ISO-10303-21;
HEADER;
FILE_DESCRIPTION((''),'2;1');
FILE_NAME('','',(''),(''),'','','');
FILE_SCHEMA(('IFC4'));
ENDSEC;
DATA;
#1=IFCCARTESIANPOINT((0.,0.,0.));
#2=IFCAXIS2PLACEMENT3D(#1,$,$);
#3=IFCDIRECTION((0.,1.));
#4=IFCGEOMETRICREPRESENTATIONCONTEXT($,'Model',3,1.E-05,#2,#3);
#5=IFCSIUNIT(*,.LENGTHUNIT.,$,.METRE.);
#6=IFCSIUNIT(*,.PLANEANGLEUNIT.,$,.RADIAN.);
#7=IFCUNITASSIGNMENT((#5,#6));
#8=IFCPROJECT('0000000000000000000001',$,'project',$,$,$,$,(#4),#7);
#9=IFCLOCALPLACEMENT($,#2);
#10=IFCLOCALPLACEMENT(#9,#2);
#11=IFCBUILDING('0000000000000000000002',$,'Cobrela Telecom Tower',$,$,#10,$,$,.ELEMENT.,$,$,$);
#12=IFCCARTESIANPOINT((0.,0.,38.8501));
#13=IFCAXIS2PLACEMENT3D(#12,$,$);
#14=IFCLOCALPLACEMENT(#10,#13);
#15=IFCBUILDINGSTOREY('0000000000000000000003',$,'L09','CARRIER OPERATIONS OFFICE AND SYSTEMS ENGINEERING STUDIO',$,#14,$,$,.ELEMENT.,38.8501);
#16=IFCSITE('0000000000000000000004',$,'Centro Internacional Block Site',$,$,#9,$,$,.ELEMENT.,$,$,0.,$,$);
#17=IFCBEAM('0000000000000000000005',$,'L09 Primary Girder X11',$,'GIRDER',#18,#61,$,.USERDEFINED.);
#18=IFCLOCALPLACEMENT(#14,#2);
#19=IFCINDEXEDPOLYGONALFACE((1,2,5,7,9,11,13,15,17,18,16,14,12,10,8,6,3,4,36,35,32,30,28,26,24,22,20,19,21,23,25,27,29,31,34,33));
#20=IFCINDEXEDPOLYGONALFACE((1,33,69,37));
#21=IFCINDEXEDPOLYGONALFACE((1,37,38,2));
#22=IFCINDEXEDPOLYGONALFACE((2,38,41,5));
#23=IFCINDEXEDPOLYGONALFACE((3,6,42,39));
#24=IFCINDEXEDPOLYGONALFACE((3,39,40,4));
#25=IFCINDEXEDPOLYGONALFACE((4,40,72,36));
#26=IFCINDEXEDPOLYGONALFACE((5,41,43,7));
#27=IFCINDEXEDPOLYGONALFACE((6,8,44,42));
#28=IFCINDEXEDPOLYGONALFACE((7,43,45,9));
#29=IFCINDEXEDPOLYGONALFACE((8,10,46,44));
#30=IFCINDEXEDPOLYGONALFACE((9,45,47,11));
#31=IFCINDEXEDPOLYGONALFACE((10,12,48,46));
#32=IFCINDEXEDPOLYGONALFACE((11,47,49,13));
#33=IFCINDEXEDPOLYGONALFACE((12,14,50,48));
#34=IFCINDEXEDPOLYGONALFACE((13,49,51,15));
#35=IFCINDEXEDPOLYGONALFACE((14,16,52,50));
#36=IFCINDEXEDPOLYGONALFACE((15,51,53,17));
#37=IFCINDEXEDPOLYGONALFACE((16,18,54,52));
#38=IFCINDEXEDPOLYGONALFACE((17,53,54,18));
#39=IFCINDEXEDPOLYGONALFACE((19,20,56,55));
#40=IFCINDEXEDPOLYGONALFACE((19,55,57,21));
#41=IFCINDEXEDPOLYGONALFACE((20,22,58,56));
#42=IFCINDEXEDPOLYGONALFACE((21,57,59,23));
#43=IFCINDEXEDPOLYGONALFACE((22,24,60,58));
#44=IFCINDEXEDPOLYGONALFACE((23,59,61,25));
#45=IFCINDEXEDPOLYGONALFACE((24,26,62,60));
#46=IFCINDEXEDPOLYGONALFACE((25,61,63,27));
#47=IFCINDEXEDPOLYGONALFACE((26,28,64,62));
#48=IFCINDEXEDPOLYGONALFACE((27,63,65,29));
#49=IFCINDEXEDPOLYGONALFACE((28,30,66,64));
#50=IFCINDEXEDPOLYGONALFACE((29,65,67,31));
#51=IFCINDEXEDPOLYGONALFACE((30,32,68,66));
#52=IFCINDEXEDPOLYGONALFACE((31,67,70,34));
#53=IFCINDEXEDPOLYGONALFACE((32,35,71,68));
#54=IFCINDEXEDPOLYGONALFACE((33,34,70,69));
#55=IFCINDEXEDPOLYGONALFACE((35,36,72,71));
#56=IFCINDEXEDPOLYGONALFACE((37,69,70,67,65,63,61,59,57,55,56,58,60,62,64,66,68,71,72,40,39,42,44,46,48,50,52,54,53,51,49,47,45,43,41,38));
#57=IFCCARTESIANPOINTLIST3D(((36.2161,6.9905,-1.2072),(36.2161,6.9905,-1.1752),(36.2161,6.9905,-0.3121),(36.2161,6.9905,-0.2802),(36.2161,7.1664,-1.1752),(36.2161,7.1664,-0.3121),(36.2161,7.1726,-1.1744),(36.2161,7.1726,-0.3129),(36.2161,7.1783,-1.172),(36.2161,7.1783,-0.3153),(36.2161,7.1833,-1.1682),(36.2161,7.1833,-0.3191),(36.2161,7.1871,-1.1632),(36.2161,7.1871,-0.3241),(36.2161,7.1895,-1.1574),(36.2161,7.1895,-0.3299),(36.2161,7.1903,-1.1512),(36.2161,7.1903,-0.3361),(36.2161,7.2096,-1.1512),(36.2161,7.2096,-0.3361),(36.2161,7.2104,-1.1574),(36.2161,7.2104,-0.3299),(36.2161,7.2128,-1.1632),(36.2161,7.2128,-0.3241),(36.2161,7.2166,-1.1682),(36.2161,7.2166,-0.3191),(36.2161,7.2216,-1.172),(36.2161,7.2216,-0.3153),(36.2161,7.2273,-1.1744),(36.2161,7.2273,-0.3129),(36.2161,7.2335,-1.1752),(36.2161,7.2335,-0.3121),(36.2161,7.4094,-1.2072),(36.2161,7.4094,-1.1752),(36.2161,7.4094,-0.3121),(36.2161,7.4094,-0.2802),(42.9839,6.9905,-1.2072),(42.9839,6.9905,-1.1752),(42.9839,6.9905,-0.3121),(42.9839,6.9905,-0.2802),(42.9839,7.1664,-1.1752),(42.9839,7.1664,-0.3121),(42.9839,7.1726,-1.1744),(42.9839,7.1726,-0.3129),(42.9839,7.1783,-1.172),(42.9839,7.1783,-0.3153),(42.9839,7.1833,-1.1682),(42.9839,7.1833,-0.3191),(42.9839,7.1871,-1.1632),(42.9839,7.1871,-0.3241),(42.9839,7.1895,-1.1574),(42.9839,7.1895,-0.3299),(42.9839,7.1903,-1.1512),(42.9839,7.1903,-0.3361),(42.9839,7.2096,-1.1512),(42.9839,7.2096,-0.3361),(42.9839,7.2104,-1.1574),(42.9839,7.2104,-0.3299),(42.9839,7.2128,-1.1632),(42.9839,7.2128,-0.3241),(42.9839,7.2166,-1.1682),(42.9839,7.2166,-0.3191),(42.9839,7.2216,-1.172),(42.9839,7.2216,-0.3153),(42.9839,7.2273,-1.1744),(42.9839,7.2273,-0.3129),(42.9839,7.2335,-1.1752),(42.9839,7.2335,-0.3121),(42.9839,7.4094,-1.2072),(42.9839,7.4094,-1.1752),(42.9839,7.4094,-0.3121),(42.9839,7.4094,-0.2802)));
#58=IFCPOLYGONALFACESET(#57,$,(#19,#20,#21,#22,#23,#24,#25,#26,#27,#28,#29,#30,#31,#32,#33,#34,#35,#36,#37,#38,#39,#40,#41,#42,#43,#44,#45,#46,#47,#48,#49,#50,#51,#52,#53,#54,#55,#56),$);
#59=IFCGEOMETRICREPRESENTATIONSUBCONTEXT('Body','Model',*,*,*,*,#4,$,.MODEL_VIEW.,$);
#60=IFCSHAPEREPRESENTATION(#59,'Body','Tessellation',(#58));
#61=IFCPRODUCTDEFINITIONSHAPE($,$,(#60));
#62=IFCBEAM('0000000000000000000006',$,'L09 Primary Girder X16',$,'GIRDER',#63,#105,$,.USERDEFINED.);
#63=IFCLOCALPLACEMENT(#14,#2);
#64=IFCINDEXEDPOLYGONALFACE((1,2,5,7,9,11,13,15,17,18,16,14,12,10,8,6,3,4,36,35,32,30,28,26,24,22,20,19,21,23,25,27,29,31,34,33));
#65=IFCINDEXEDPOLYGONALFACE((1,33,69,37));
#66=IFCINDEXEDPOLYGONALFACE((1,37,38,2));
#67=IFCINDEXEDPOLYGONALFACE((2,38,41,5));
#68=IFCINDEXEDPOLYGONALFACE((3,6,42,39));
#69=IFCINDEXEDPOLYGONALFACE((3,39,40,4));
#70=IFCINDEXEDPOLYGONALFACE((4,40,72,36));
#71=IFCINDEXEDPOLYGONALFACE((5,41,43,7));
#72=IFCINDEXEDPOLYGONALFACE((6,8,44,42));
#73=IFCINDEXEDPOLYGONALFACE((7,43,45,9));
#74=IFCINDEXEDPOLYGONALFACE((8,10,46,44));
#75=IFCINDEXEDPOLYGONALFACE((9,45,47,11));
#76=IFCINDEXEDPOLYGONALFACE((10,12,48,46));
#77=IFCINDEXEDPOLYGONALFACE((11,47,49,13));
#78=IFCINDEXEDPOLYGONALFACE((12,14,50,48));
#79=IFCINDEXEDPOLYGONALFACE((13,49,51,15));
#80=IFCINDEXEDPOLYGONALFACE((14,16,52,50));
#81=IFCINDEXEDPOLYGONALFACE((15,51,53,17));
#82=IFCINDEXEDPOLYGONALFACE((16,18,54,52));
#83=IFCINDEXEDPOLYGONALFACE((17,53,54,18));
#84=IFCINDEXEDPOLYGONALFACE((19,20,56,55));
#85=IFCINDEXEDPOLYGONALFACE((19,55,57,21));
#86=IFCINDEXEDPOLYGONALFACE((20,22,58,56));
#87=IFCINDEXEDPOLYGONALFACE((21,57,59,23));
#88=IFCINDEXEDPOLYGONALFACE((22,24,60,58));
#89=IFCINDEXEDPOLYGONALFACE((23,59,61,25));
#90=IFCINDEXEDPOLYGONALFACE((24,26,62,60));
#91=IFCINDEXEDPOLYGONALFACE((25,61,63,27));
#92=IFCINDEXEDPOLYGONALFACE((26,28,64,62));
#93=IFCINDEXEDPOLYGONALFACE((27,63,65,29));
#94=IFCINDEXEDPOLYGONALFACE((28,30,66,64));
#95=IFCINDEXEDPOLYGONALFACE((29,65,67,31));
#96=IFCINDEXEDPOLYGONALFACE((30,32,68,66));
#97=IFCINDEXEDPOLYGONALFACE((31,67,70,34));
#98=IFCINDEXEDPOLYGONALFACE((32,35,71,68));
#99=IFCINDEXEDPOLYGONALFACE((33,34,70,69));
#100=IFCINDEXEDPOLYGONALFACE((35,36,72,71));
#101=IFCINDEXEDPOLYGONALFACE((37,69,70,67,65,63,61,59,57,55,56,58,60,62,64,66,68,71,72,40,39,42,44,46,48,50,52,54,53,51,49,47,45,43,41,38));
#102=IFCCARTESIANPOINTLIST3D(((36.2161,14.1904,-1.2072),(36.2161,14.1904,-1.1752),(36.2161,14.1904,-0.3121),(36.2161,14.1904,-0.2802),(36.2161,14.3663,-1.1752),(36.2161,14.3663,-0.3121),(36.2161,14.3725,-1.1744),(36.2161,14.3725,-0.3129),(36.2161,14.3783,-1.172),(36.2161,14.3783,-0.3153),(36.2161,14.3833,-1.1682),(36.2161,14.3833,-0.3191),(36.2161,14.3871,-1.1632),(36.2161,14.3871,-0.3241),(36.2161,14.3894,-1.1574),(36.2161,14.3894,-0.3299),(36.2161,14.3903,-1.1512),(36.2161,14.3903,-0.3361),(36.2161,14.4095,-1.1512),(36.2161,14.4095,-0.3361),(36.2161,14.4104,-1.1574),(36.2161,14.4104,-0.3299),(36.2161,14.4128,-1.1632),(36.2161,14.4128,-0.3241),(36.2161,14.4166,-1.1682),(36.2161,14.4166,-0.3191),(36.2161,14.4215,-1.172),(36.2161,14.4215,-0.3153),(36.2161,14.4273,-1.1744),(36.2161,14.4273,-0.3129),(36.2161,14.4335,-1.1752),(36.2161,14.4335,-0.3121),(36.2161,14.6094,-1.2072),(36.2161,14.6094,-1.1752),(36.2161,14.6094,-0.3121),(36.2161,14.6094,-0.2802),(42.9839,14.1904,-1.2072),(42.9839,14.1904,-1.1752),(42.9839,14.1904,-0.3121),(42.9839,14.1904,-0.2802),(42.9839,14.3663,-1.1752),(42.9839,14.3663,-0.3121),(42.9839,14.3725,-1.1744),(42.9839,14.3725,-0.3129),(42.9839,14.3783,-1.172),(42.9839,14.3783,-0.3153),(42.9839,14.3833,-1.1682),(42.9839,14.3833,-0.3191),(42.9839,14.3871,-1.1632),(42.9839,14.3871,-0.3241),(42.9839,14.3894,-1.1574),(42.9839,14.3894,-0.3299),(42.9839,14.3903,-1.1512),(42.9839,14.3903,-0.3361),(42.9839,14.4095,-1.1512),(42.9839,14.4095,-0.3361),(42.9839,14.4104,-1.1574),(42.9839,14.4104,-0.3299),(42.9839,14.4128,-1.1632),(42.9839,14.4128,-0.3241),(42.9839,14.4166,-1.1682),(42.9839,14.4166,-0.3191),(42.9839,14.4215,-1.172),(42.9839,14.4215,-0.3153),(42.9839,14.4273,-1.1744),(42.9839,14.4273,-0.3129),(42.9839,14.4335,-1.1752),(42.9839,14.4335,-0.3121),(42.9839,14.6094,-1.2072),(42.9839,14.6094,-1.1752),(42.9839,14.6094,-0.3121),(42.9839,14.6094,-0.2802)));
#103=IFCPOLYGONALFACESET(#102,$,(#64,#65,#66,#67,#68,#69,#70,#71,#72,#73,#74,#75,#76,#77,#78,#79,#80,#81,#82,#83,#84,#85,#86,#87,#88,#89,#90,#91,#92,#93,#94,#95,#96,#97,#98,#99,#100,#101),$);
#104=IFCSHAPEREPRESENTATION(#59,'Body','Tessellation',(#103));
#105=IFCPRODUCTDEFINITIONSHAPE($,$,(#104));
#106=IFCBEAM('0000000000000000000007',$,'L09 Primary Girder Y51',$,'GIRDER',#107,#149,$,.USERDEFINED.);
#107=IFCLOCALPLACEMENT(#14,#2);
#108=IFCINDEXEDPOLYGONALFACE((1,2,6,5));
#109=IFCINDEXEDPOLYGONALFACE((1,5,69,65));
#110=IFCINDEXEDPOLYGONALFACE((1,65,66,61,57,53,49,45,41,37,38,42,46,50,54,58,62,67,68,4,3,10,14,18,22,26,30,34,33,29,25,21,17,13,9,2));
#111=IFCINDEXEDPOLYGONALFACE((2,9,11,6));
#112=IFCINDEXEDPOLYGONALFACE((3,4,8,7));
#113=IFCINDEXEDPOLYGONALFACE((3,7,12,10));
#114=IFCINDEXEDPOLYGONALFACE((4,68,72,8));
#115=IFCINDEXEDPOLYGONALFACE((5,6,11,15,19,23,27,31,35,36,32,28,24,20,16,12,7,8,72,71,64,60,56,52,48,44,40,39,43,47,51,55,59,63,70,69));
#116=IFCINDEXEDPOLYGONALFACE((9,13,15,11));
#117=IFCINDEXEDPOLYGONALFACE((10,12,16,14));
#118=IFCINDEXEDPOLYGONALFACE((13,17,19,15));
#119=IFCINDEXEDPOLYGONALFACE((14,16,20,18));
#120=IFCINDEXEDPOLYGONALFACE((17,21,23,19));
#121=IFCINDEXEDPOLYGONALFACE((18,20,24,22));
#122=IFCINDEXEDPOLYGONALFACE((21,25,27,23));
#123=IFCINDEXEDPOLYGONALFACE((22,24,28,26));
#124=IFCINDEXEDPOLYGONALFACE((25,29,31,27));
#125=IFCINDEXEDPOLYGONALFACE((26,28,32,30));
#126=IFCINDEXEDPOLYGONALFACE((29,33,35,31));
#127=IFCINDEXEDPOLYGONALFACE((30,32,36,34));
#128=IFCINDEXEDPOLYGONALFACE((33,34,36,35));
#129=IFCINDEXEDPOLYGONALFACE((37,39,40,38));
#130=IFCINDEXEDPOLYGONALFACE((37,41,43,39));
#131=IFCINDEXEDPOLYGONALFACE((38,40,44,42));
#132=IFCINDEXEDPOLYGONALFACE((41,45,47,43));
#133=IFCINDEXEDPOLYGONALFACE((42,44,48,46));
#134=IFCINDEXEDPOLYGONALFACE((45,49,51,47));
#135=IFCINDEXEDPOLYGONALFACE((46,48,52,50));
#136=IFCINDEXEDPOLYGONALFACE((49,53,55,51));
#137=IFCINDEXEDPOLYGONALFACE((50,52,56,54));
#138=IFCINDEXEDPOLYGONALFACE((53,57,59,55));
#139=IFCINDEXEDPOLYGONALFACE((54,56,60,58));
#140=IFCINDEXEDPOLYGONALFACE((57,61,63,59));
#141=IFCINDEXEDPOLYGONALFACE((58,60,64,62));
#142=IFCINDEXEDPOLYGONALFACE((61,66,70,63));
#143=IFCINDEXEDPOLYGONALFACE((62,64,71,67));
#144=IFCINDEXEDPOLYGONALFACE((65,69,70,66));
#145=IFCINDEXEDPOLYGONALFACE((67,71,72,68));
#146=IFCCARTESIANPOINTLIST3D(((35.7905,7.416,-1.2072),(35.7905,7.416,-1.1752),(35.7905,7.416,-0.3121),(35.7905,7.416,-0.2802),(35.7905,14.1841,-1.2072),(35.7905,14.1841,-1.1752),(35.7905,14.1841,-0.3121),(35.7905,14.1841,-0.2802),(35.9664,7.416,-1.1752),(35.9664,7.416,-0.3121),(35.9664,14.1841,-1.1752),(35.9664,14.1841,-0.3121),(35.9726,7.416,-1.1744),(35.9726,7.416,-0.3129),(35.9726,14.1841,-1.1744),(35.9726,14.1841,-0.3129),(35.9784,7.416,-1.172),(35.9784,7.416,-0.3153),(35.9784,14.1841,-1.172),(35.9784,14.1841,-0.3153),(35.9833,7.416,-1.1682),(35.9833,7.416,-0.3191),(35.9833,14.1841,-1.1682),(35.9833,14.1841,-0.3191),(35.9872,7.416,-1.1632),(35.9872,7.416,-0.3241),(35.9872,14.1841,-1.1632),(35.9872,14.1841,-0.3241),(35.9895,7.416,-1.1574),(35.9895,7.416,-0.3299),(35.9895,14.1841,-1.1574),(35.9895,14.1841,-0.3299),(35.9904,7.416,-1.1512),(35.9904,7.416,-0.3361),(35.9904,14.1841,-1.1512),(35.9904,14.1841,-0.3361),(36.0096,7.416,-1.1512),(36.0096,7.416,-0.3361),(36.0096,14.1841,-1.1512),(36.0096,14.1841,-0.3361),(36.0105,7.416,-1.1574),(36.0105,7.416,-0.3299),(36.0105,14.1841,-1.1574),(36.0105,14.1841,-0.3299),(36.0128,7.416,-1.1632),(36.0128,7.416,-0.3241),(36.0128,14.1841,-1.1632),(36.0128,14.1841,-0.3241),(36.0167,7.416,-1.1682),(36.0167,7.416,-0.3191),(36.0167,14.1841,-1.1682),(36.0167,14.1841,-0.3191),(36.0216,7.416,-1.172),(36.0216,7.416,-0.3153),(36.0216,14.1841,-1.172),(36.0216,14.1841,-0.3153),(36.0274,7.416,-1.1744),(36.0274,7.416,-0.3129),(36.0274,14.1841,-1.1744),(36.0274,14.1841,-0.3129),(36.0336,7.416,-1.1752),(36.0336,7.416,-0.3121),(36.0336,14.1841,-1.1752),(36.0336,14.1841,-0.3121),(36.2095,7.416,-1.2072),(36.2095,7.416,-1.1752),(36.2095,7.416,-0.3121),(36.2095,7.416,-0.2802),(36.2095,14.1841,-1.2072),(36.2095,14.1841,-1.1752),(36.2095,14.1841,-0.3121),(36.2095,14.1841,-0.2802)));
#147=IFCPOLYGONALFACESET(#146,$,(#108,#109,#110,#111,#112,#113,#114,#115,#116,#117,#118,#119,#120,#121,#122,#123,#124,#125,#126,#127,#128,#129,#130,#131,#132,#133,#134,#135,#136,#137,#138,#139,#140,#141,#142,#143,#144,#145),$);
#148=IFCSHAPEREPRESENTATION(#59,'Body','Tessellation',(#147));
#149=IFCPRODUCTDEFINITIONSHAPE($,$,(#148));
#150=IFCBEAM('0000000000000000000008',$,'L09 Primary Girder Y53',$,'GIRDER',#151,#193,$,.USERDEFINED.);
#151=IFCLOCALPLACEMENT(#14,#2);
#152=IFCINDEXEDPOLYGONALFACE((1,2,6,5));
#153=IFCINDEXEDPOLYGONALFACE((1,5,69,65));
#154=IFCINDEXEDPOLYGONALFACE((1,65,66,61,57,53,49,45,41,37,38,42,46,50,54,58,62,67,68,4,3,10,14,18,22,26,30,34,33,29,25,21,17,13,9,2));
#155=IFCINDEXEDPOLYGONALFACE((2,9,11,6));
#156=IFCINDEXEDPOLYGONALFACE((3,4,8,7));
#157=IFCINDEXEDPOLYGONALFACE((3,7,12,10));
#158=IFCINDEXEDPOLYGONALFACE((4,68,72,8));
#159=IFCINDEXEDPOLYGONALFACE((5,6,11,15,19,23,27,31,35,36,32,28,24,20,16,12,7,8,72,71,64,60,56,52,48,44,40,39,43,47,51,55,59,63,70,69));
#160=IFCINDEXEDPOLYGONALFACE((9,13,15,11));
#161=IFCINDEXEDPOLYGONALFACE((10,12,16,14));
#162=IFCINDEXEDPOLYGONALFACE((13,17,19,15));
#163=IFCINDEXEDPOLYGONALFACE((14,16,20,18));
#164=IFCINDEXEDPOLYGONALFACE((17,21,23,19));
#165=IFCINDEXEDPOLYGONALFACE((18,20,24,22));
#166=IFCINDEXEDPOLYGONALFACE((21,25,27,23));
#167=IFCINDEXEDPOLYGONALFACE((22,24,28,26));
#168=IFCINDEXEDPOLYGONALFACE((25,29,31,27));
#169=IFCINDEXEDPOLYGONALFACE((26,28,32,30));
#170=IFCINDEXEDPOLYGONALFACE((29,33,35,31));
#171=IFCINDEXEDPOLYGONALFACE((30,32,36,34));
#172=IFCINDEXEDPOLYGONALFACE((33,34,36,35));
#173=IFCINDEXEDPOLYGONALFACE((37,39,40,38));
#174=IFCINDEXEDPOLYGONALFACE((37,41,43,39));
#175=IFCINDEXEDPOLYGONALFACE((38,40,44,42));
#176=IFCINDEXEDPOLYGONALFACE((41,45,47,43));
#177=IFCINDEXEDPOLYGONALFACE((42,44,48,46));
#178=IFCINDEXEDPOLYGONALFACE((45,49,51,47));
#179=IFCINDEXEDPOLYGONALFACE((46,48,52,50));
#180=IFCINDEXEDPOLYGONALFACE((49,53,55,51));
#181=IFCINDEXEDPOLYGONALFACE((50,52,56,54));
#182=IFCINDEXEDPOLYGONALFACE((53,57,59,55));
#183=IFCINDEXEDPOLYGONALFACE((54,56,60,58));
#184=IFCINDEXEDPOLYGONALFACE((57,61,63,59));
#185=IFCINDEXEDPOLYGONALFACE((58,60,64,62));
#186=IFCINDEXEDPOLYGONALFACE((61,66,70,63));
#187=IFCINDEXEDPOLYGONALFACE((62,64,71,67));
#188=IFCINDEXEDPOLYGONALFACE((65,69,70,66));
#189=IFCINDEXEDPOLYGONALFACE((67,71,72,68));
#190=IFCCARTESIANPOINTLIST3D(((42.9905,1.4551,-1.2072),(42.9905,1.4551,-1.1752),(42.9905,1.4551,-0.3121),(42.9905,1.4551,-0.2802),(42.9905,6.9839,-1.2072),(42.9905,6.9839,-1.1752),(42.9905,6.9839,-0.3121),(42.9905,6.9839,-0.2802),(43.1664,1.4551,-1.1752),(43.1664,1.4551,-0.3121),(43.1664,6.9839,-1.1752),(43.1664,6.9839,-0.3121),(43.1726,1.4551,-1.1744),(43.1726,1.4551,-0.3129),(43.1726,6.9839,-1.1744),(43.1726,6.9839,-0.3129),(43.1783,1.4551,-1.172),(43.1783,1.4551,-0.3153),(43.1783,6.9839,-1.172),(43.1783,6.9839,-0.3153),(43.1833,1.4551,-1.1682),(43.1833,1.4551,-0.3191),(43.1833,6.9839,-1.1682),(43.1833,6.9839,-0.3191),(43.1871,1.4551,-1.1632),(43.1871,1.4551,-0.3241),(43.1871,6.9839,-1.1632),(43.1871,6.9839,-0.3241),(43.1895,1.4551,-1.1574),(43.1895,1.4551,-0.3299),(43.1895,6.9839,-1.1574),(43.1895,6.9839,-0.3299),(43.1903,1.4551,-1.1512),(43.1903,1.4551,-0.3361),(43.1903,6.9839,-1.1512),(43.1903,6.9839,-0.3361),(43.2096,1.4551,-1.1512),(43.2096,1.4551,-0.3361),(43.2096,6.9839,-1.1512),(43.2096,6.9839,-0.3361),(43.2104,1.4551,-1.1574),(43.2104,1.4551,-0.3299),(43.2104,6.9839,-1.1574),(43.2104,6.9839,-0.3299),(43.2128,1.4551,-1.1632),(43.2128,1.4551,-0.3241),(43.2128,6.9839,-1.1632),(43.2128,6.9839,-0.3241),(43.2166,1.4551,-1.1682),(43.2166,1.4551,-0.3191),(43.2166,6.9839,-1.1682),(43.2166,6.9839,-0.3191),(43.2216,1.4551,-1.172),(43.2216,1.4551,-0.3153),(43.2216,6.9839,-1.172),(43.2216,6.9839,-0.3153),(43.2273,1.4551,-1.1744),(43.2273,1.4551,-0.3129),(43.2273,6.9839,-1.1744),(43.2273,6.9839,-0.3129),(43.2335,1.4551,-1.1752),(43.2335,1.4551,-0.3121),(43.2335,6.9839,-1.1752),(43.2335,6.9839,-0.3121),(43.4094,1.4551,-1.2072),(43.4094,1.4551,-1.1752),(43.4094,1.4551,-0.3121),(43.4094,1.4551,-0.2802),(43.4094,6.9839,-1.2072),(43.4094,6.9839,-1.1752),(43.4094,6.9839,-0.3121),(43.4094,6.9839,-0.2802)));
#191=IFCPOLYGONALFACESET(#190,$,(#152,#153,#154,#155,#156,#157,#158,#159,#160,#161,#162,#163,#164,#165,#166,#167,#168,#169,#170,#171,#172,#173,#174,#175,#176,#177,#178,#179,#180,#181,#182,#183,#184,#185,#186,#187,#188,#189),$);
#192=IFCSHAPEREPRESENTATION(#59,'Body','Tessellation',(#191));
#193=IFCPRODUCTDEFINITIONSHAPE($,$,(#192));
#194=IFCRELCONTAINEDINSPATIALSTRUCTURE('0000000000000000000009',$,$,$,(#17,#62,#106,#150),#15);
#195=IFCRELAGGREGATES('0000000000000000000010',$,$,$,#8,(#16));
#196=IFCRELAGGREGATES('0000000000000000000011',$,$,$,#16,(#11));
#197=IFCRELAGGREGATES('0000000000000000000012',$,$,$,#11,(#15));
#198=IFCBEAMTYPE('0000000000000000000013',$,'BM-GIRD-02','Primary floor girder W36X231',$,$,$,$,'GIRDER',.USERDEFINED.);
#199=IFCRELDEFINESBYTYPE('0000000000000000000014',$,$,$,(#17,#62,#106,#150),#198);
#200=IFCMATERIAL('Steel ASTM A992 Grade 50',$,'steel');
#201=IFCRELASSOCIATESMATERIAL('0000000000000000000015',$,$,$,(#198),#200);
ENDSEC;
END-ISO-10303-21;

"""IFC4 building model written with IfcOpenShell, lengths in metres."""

from ifc_helpers import new_model, si_unit, direction, frame, origin, origin_2d, place, context, subcontext, project, spatial, i_section, extrude, material, material_profile, profile_set, type_object, element, save


model = new_model("IFC4")

# Units and contexts
model_context = context("Model", 3, precision=1e-05, world=origin(), true_north=direction((0.0, 1.0)))
body_context = subcontext(model_context, "Body", "Model", "MODEL_VIEW")
ifc_project = project(units=[si_unit("LENGTHUNIT", "METRE"), si_unit("PLANEANGLEUNIT", "RADIAN")], contexts=[model_context])

# Site, building, storey
site_placement = place(None, origin())
site = spatial("IfcSite", under=ifc_project, at=site_placement, Name="Centro Internacional Block Site", CompositionType="ELEMENT", RefElevation=0.0)
building_placement = place(site_placement, origin())
building = spatial("IfcBuilding", under=site, at=building_placement, Name="Cobrela Telecom Tower", CompositionType="ELEMENT")
storey_placement = place(building_placement, frame((0.0, 0.0, 38.8501)))
storey = spatial("IfcBuildingStorey", under=building, at=storey_placement, Name="L09", Description="CARRIER OPERATIONS OFFICE AND SYSTEMS ENGINEERING STUDIO", CompositionType="ELEMENT", Elevation=38.8501)

# Shared definitions
ifc_material_1 = material(Name="Steel ASTM A992 Grade 50", Category="steel")

# Beams
ifc_material_profile_1 = material_profile(ifc_material_1, i_section(OverallWidth=0.4189, OverallDepth=0.927, WebThickness=0.0193, FlangeThickness=0.032, FilletRadius=0.0239, at=origin_2d()), Name="W36X231")
ifc_profile_set_1 = profile_set([ifc_material_profile_1], Name="Steel ASTM A992 Grade 50")
beam_type_1 = type_object("IfcBeamType", Name="BM-GIRD-02", Description="Primary floor girder W36X231", ElementType="GIRDER", PredefinedType="USERDEFINED", material=ifc_profile_set_1)
for number, where, z_axis, x_axis, name in (
    (1, (36.2161, 7.2, -0.7437), (1.0, 0.0, 0.0), (0.0, 1.0, 0.0), "L09 Primary Girder X11"),
    (2, (36.2161, 14.3999, -0.7437), (1.0, 0.0, 0.0), (0.0, 1.0, 0.0), "L09 Primary Girder X16"),
):
    element("IfcBeam", number, at=place(storey_placement, frame(where, z_axis=z_axis, x_axis=x_axis)), inside=storey, type_object=beam_type_1, Name=name, ObjectType="GIRDER", PredefinedType="USERDEFINED", context=body_context, shape_type="SweptSolid", body=[
        extrude(i_section(OverallWidth=0.4189, OverallDepth=0.927, WebThickness=0.0193, FlangeThickness=0.032, FilletRadius=0.0239, at=origin_2d()), origin(), (0.0, 0.0, 1.0), 6.7678),
    ])
beam_1_placement = place(storey_placement, frame((36.0, 7.416, -0.7437), z_axis=(0.0, 1.0, 0.0), x_axis=(-1.0, 0.0, 0.0)))
element("IfcBeam", 3, at=beam_1_placement, inside=storey, type_object=beam_type_1, Name="L09 Primary Girder Y51", ObjectType="GIRDER", PredefinedType="USERDEFINED", context=body_context, shape_type="SweptSolid", body=[
    extrude(i_section(OverallWidth=0.4189, OverallDepth=0.927, WebThickness=0.0193, FlangeThickness=0.032, FilletRadius=0.0239, at=origin_2d()), origin(), (0.0, 0.0, 1.0), 6.7681),
])
beam_2_placement = place(storey_placement, frame((43.2, 1.4551, -0.7437), z_axis=(0.0, 1.0, 0.0), x_axis=(-1.0, 0.0, 0.0)))
element("IfcBeam", 4, at=beam_2_placement, inside=storey, type_object=beam_type_1, Name="L09 Primary Girder Y53", ObjectType="GIRDER", PredefinedType="USERDEFINED", context=body_context, shape_type="SweptSolid", body=[
    extrude(i_section(OverallWidth=0.4189, OverallDepth=0.927, WebThickness=0.0193, FlangeThickness=0.032, FilletRadius=0.0239, at=origin_2d()), origin(), (0.0, 0.0, 1.0), 5.5288),
])

save(model, "model.ifc")
